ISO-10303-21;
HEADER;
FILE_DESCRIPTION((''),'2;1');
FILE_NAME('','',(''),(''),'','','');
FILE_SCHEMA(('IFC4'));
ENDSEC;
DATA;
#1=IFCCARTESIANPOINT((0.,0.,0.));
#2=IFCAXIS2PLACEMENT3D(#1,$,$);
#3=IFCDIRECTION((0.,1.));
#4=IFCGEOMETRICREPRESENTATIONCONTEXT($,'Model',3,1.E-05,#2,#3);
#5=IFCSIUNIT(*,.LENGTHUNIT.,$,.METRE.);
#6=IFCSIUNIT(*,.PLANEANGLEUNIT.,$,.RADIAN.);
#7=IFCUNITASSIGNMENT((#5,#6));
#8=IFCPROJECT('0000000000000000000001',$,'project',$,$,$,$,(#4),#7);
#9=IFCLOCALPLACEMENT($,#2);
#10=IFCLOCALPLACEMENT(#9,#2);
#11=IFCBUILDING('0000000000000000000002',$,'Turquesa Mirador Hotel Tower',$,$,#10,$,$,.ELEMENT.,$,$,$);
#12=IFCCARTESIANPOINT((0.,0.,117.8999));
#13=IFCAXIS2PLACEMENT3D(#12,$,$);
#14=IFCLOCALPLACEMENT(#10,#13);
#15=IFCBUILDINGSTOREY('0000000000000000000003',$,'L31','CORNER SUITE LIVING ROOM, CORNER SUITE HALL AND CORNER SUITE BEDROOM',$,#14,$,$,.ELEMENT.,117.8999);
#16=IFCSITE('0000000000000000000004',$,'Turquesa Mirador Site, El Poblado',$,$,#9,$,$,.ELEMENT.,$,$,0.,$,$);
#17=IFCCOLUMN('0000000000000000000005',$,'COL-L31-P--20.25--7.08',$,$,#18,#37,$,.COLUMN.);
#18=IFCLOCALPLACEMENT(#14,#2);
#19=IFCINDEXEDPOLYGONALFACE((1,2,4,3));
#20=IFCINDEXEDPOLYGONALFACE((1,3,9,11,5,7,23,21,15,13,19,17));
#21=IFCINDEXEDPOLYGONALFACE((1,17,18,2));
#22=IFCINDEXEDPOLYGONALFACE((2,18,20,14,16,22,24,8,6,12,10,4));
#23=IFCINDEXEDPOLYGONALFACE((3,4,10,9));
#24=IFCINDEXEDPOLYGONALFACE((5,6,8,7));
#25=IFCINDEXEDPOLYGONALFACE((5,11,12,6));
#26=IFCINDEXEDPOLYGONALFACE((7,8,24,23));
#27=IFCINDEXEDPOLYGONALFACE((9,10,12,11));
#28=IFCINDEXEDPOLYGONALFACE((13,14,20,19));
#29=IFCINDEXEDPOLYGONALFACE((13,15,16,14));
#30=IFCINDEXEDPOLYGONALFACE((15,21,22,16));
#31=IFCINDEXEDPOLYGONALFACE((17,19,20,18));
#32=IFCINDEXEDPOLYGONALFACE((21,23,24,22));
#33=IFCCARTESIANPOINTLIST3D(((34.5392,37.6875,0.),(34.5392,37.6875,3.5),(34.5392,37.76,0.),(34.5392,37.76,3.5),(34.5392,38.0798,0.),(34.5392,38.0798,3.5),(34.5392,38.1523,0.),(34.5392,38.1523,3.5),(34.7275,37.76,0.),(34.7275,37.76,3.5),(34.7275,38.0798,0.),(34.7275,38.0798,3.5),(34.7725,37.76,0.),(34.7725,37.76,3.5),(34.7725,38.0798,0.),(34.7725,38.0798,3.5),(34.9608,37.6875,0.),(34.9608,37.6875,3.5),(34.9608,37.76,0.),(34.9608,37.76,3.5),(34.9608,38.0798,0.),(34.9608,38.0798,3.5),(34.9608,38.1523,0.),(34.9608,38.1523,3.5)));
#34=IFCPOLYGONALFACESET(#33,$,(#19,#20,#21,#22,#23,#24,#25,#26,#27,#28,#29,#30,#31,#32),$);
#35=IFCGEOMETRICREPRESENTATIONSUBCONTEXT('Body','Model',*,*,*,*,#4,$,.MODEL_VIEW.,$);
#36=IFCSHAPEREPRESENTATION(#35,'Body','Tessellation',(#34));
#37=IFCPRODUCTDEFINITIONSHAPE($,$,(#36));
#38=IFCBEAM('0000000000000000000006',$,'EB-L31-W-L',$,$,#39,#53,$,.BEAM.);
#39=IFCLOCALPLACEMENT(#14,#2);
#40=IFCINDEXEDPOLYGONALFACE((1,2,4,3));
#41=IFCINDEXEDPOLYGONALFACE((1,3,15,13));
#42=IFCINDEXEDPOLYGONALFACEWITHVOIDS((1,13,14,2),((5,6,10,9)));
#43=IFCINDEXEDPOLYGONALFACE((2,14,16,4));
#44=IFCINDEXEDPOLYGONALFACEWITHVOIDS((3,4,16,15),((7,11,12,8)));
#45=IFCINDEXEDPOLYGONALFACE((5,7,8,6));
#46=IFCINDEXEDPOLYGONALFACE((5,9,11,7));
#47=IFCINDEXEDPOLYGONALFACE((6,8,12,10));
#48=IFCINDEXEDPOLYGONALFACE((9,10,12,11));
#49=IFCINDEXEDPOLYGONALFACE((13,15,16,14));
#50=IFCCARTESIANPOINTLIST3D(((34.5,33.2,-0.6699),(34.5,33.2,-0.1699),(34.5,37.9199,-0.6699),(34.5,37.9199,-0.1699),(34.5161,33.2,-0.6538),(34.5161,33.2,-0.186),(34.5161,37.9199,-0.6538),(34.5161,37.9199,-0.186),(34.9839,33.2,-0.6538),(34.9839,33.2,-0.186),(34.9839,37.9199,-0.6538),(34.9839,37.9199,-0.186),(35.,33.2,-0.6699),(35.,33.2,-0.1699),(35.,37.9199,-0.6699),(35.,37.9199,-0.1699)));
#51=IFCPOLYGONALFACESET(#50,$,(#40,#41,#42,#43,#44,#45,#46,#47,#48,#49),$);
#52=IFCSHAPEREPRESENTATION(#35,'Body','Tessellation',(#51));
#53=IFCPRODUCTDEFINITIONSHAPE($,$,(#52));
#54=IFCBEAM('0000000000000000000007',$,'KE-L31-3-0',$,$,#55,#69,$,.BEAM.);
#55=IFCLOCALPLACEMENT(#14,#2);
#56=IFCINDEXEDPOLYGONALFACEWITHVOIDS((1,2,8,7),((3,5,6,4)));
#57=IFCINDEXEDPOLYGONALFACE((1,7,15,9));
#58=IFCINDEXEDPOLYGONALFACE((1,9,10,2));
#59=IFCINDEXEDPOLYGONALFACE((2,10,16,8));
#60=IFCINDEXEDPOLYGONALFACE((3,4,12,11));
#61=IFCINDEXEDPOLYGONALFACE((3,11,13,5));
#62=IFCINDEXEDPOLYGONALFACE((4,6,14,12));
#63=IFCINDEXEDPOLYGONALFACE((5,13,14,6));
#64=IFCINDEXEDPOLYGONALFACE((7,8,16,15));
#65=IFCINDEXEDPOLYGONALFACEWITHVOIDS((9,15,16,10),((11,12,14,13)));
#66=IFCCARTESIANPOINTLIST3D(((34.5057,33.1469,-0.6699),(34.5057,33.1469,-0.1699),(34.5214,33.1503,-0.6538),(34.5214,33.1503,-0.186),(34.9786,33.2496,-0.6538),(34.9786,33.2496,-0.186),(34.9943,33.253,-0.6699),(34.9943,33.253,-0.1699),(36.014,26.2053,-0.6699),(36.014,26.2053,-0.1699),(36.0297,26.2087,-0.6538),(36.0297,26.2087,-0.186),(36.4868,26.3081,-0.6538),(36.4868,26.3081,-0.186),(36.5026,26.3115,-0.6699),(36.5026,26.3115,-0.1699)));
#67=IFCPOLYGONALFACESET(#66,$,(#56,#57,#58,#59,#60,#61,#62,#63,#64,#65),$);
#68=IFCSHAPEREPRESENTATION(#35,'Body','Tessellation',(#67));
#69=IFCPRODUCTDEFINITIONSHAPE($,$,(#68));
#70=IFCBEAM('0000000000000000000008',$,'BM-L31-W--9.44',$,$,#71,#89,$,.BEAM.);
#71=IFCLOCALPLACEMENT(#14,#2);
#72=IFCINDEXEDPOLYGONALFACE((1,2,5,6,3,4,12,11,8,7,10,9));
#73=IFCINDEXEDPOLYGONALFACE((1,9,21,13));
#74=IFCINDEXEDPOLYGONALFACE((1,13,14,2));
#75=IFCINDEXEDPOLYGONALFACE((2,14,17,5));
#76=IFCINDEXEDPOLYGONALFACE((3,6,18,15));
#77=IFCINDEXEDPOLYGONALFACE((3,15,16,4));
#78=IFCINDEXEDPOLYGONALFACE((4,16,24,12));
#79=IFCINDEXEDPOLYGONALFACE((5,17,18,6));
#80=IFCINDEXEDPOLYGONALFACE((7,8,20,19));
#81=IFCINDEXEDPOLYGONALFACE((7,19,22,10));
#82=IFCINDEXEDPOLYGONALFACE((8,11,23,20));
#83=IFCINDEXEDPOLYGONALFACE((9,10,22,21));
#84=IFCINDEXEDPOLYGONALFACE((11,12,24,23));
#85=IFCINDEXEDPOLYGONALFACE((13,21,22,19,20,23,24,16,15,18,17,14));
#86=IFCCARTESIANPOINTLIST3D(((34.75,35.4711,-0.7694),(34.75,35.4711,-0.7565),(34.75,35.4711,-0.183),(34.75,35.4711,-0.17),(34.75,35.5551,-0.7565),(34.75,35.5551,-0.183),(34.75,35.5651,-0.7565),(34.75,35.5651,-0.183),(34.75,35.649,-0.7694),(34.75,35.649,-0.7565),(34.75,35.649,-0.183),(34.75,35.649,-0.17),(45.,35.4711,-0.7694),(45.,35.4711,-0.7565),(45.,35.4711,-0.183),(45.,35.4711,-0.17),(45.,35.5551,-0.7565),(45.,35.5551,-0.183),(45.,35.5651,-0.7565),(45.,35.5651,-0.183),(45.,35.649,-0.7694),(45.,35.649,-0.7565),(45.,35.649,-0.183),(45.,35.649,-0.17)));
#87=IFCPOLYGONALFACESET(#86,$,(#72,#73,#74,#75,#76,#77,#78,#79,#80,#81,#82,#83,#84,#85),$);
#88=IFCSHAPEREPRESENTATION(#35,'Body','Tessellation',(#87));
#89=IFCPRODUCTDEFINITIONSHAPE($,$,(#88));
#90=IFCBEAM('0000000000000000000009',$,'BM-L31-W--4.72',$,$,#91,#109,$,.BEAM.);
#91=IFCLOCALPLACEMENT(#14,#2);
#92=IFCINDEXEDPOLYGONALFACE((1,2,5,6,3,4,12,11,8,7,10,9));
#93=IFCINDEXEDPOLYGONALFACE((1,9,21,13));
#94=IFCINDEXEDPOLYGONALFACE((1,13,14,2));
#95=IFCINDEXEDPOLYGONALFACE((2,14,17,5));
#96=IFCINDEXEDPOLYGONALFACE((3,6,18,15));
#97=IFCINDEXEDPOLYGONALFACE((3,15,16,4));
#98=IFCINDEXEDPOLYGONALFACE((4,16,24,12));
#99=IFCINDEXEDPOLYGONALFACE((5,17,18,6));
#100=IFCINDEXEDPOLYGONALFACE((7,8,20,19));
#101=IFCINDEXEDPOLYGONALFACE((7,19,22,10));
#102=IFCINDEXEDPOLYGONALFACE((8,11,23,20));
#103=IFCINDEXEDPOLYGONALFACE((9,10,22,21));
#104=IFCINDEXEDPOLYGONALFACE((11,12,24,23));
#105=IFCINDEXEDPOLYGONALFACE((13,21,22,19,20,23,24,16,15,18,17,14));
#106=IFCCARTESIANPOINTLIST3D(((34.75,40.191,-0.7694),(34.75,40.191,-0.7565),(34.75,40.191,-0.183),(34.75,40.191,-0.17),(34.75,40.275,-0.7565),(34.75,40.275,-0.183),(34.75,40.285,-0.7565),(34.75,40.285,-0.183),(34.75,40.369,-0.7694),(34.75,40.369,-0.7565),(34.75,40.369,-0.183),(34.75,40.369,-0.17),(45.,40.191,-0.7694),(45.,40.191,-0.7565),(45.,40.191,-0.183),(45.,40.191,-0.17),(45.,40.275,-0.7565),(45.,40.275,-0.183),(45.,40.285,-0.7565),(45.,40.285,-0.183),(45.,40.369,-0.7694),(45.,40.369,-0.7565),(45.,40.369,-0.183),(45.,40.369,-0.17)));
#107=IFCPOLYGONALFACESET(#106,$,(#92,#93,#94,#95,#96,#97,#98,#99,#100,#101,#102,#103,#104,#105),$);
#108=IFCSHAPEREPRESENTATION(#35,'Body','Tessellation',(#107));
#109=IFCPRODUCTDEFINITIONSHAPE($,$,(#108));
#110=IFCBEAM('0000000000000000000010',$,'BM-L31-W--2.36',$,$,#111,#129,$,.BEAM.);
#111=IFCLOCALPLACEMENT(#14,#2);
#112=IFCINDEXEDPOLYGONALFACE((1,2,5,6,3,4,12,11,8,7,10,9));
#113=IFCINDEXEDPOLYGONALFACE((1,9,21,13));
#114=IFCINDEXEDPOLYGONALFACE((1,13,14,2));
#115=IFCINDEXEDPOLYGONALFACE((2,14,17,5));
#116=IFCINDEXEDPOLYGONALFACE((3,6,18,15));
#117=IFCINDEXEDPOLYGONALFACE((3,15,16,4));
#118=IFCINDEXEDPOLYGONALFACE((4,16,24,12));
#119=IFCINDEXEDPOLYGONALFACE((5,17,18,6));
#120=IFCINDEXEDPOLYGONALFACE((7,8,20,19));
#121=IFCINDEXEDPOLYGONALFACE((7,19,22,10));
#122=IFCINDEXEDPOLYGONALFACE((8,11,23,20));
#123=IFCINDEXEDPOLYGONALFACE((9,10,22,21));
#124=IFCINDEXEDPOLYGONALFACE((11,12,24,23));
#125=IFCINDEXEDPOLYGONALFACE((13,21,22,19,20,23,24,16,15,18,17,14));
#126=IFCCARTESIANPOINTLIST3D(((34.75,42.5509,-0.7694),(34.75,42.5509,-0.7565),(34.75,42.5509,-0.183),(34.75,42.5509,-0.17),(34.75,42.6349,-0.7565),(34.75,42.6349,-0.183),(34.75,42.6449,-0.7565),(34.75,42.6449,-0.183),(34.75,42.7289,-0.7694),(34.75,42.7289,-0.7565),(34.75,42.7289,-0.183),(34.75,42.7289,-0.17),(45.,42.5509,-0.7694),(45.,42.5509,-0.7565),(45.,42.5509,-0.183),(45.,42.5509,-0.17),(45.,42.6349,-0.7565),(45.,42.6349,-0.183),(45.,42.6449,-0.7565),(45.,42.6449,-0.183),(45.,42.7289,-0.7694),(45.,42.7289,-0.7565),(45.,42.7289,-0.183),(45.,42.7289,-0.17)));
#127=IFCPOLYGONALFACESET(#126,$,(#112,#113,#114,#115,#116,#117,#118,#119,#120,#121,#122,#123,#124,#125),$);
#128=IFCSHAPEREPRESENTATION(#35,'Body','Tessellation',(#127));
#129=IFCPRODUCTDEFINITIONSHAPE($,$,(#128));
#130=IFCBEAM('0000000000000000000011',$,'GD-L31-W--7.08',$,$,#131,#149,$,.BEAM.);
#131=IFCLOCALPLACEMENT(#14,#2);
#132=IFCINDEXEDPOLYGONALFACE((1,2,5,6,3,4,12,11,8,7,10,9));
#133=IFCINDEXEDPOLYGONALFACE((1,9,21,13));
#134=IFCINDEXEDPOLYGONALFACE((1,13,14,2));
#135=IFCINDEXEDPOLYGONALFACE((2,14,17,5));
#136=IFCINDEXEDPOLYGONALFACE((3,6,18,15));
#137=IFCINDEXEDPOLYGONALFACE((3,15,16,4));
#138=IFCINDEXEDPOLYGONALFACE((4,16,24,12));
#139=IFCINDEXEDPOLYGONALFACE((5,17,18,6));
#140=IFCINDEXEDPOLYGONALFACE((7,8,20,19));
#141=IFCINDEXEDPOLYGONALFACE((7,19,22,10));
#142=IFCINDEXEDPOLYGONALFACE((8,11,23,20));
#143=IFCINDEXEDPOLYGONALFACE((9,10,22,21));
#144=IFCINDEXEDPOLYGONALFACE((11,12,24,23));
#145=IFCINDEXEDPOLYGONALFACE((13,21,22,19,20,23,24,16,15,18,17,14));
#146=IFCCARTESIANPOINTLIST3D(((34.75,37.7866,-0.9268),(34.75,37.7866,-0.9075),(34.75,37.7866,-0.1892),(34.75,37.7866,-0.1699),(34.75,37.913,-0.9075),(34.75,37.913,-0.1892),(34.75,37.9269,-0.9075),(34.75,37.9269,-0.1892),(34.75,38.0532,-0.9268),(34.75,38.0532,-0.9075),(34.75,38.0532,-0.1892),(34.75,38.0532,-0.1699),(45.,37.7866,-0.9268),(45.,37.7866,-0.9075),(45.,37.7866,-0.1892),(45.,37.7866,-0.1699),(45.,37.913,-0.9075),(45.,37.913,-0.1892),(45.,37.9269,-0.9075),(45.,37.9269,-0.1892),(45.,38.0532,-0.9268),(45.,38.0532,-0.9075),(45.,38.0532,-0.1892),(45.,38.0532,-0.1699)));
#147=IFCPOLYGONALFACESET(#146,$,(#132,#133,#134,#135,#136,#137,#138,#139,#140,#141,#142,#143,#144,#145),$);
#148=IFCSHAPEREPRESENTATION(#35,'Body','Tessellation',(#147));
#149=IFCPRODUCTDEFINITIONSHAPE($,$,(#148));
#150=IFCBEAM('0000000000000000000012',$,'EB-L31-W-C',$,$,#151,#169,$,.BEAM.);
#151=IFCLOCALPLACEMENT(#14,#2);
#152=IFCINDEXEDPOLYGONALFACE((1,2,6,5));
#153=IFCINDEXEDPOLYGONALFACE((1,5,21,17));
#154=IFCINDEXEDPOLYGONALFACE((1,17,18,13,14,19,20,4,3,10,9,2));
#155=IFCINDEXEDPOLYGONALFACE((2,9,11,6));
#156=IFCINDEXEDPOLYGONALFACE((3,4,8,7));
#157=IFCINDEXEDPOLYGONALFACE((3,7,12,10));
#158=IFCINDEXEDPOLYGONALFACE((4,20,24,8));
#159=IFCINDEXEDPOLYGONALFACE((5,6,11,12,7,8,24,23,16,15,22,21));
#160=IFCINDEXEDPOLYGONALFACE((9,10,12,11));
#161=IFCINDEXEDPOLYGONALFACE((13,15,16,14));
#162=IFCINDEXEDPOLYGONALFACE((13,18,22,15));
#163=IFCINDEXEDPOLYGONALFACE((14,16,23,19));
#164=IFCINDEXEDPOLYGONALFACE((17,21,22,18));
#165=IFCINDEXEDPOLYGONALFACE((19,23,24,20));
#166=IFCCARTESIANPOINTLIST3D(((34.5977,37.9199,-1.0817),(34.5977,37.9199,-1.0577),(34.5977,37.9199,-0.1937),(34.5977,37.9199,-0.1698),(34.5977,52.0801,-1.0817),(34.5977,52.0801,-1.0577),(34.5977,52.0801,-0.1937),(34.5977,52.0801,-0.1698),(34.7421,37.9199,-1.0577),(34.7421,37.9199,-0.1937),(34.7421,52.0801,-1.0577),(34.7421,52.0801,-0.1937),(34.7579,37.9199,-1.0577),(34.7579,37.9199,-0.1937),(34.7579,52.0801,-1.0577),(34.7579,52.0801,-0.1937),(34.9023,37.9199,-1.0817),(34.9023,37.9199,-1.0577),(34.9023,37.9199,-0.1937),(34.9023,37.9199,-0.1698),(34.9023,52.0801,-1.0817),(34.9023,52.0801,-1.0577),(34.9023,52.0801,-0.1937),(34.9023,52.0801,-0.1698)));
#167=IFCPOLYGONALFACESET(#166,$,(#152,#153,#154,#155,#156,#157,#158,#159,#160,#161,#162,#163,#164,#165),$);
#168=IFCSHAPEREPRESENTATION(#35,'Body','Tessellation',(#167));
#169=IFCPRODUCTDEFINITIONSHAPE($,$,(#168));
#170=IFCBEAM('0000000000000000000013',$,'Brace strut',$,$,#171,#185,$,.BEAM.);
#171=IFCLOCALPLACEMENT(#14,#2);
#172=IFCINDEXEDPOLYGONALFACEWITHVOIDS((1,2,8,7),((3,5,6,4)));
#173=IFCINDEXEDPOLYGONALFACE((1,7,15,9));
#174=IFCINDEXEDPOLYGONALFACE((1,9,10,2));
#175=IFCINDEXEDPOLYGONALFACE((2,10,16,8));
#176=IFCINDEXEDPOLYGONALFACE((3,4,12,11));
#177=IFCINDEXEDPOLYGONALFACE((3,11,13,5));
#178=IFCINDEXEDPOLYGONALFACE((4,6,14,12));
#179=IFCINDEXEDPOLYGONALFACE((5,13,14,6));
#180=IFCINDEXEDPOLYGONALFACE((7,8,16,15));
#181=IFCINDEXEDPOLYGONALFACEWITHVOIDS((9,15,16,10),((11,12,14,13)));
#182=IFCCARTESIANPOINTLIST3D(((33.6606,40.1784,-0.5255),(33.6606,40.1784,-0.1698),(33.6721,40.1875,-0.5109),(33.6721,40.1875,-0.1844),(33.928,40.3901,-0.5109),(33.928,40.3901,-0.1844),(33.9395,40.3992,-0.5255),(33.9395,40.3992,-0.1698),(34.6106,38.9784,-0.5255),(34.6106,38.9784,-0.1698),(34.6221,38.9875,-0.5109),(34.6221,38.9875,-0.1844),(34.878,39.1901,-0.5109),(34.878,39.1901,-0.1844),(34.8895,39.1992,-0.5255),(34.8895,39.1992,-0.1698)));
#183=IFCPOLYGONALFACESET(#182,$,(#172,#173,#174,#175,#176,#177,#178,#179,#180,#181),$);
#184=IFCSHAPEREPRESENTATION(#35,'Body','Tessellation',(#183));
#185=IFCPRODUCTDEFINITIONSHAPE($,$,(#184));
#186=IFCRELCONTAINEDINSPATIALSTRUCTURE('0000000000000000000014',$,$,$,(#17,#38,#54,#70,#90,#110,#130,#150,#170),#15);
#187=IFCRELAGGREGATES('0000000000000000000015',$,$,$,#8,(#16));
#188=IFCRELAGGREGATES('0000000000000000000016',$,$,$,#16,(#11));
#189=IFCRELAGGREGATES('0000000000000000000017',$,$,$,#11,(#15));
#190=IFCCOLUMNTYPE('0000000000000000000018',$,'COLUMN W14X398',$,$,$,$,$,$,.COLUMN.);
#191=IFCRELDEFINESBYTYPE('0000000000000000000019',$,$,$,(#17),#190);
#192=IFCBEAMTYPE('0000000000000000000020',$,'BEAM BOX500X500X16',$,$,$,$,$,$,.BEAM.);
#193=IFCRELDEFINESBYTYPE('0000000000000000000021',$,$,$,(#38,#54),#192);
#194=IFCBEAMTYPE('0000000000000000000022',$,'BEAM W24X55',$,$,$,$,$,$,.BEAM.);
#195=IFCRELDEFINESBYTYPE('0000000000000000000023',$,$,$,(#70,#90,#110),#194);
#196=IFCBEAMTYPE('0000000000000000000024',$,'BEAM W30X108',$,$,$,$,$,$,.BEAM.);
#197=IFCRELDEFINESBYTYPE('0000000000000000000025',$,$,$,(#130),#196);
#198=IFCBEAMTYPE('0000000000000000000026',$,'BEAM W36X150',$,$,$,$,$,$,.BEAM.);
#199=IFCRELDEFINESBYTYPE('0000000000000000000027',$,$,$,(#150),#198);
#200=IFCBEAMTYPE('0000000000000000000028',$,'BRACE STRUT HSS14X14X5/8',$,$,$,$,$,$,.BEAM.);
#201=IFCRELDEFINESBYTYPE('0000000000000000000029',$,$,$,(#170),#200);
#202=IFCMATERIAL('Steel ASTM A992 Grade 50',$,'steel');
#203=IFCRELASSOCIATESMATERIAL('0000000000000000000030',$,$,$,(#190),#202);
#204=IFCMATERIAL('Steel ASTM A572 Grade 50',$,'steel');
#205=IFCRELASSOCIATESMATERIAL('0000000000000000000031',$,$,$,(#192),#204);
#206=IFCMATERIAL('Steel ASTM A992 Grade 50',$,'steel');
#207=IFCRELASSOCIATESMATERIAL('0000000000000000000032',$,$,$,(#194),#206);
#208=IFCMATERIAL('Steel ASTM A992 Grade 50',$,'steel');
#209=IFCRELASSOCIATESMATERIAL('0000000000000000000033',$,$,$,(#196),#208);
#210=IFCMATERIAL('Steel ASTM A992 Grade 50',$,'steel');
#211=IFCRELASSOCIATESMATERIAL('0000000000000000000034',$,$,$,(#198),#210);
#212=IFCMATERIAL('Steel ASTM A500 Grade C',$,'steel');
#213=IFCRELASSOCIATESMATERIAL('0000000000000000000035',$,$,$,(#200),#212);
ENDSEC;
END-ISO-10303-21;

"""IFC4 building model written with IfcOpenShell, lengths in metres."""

from ifc_helpers import new_model, si_unit, direction, frame, origin, origin_2d, place, context, subcontext, project, spatial, hollow_rectangle, i_section, extrude, material, material_profile, profile_set, type_object, element, save


model = new_model("IFC4")

# Units and contexts
model_context = context("Model", 3, precision=1e-05, world=origin(), true_north=direction((0.0, 1.0)))
body_context = subcontext(model_context, "Body", "Model", "MODEL_VIEW")
ifc_project = project(units=[si_unit("LENGTHUNIT", "METRE"), si_unit("PLANEANGLEUNIT", "RADIAN")], contexts=[model_context])

# Site, building, storey
site_placement = place(None, origin())
site = spatial("IfcSite", under=ifc_project, at=site_placement, Name="Turquesa Mirador Site, El Poblado", CompositionType="ELEMENT", RefElevation=0.0)
building_placement = place(site_placement, origin())
building = spatial("IfcBuilding", under=site, at=building_placement, Name="Turquesa Mirador Hotel Tower", CompositionType="ELEMENT")
storey_placement = place(building_placement, frame((0.0, 0.0, 117.8999)))
storey = spatial("IfcBuildingStorey", under=building, at=storey_placement, Name="L31", Description="CORNER SUITE LIVING ROOM, CORNER SUITE HALL AND CORNER SUITE BEDROOM", CompositionType="ELEMENT", Elevation=117.8999)

# Column
ifc_material_1 = material(Name="Steel ASTM A992 Grade 50", Category="steel")
ifc_material_profile_1 = material_profile(ifc_material_1, i_section(OverallWidth=0.4216, OverallDepth=0.4648, WebThickness=0.0449, FlangeThickness=0.0725, at=origin_2d()), Name="W14X398")
ifc_profile_set_1 = profile_set([ifc_material_profile_1], Name="Steel ASTM A992 Grade 50")
column_type = type_object("IfcColumnType", Name="COLUMN W14X398", PredefinedType="COLUMN", material=ifc_profile_set_1)
column_placement = place(storey_placement, frame((34.75, 37.9199, 0.0), z_axis=(0.0, 0.0, 1.0), x_axis=(1.0, 0.0, 0.0)))
element("IfcColumn", 1, at=column_placement, inside=storey, type_object=column_type, Name="COL-L31-P--20.25--7.08", PredefinedType="COLUMN", context=body_context, shape_type="SweptSolid", body=[
    extrude(i_section(OverallWidth=0.4216, OverallDepth=0.4648, WebThickness=0.0449, FlangeThickness=0.0725, at=origin_2d()), origin(), (0.0, 0.0, 1.0), 3.5),
])

# Beams
ifc_material_2 = material(Name="Steel ASTM A572 Grade 50", Category="steel")
ifc_material_profile_2 = material_profile(ifc_material_2, hollow_rectangle(XDim=0.5, YDim=0.5, WallThickness=0.0161, at=origin_2d()), Name="BOX500X500X16")
ifc_profile_set_2 = profile_set([ifc_material_profile_2], Name="Steel ASTM A572 Grade 50")
beam_type_1 = type_object("IfcBeamType", Name="BEAM BOX500X500X16", PredefinedType="BEAM", material=ifc_profile_set_2)
beam_1_placement = place(storey_placement, frame((34.75, 33.2, -0.4199), z_axis=(0.0, 1.0, 0.0), x_axis=(-1.0, 0.0, 0.0)))
element("IfcBeam", 2, at=beam_1_placement, inside=storey, type_object=beam_type_1, Name="EB-L31-W-L", PredefinedType="BEAM", context=body_context, shape_type="SweptSolid", body=[
    extrude(hollow_rectangle(XDim=0.5, YDim=0.5, WallThickness=0.0161, at=origin_2d()), origin(), (0.0, 0.0, 1.0), 4.72),
])
beam_2_placement = place(storey_placement, frame((34.75, 33.2, -0.4199), z_axis=(0.212328, -0.977198, 0.0), x_axis=(0.977198, 0.212328, 0.0)))
element("IfcBeam", 3, at=beam_2_placement, inside=storey, type_object=beam_type_1, Name="KE-L31-3-0", PredefinedType="BEAM", context=body_context, shape_type="SweptSolid", body=[
    extrude(hollow_rectangle(XDim=0.5, YDim=0.5, WallThickness=0.0161, at=origin_2d()), origin(), (0.0, 0.0, 1.0), 7.1035),
])
ifc_material_3 = material(Name="Steel ASTM A992 Grade 50", Category="steel")
ifc_material_profile_3 = material_profile(ifc_material_3, i_section(OverallWidth=0.178, OverallDepth=0.5994, WebThickness=0.01, FlangeThickness=0.0129, at=origin_2d()), Name="W24X55")
ifc_profile_set_3 = profile_set([ifc_material_profile_3], Name="Steel ASTM A992 Grade 50")
beam_type_2 = type_object("IfcBeamType", Name="BEAM W24X55", PredefinedType="BEAM", material=ifc_profile_set_3)
for number, where, z_axis, x_axis, name in (
    (4, (34.75, 35.5601, -0.4697), (1.0, 0.0, 0.0), (0.0, 1.0, 0.0), "BM-L31-W--9.44"),
    (5, (34.75, 40.28, -0.4697), (1.0, 0.0, 0.0), (0.0, 1.0, 0.0), "BM-L31-W--4.72"),
    (6, (34.75, 42.6399, -0.4697), (1.0, 0.0, 0.0), (0.0, 1.0, 0.0), "BM-L31-W--2.36"),
):
    element("IfcBeam", number, at=place(storey_placement, frame(where, z_axis=z_axis, x_axis=x_axis)), inside=storey, type_object=beam_type_2, Name=name, PredefinedType="BEAM", context=body_context, shape_type="SweptSolid", body=[
        extrude(i_section(OverallWidth=0.178, OverallDepth=0.5994, WebThickness=0.01, FlangeThickness=0.0129, at=origin_2d()), origin(), (0.0, 0.0, 1.0), 10.25),
    ])
ifc_material_4 = material(Name="Steel ASTM A992 Grade 50", Category="steel")
ifc_material_profile_4 = material_profile(ifc_material_4, i_section(OverallWidth=0.2666, OverallDepth=0.7568, WebThickness=0.0139, FlangeThickness=0.0193, at=origin_2d()), Name="W30X108")
ifc_profile_set_4 = profile_set([ifc_material_profile_4], Name="Steel ASTM A992 Grade 50")
beam_type_3 = type_object("IfcBeamType", Name="BEAM W30X108", PredefinedType="BEAM", material=ifc_profile_set_4)
beam_3_placement = place(storey_placement, frame((34.75, 37.9199, -0.5483), z_axis=(1.0, 0.0, 0.0), x_axis=(0.0, 1.0, 0.0)))
element("IfcBeam", 7, at=beam_3_placement, inside=storey, type_object=beam_type_3, Name="GD-L31-W--7.08", PredefinedType="BEAM", context=body_context, shape_type="SweptSolid", body=[
    extrude(i_section(OverallWidth=0.2666, OverallDepth=0.7568, WebThickness=0.0139, FlangeThickness=0.0193, at=origin_2d()), origin(), (0.0, 0.0, 1.0), 10.25),
])
ifc_material_5 = material(Name="Steel ASTM A992 Grade 50", Category="steel")
ifc_material_profile_5 = material_profile(ifc_material_5, i_section(OverallWidth=0.3047, OverallDepth=0.9119, WebThickness=0.0159, FlangeThickness=0.0239, at=origin_2d()), Name="W36X150")
ifc_profile_set_5 = profile_set([ifc_material_profile_5], Name="Steel ASTM A992 Grade 50")
beam_type_4 = type_object("IfcBeamType", Name="BEAM W36X150", PredefinedType="BEAM", material=ifc_profile_set_5)
beam_4_placement = place(storey_placement, frame((34.75, 37.9199, -0.6257), z_axis=(0.0, 1.0, 0.0), x_axis=(-1.0, 0.0, 0.0)))
element("IfcBeam", 8, at=beam_4_placement, inside=storey, type_object=beam_type_4, Name="EB-L31-W-C", PredefinedType="BEAM", context=body_context, shape_type="SweptSolid", body=[
    extrude(i_section(OverallWidth=0.3047, OverallDepth=0.9119, WebThickness=0.0159, FlangeThickness=0.0239, at=origin_2d()), origin(), (0.0, 0.0, 1.0), 14.1602),
])
ifc_material_6 = material(Name="Steel ASTM A500 Grade C", Category="steel")
ifc_material_profile_6 = material_profile(ifc_material_6, hollow_rectangle(XDim=0.3557, YDim=0.3557, WallThickness=0.0146, at=origin_2d()), Name="HSS14X14X5/8")
ifc_profile_set_6 = profile_set([ifc_material_profile_6], Name="Steel ASTM A500 Grade C")
beam_type_5 = type_object("IfcBeamType", Name="BRACE STRUT HSS14X14X5/8", PredefinedType="BEAM", material=ifc_profile_set_6)
for number, where, z_axis, x_axis, name in (
    (9, (33.8, 40.2888, -0.3477), (0.620699, -0.784049, 0.0), (0.784049, 0.620699, 0.0), "Brace strut"),
):
    element("IfcBeam", number, at=place(storey_placement, frame(where, z_axis=z_axis, x_axis=x_axis)), inside=storey, type_object=beam_type_5, Name=name, PredefinedType="BEAM", context=body_context, shape_type="SweptSolid", body=[
        extrude(hollow_rectangle(XDim=0.3557, YDim=0.3557, WallThickness=0.0146, at=origin_2d()), origin(), (0.0, 0.0, 1.0), 1.5305),
    ])

save(model, "model.ifc")
